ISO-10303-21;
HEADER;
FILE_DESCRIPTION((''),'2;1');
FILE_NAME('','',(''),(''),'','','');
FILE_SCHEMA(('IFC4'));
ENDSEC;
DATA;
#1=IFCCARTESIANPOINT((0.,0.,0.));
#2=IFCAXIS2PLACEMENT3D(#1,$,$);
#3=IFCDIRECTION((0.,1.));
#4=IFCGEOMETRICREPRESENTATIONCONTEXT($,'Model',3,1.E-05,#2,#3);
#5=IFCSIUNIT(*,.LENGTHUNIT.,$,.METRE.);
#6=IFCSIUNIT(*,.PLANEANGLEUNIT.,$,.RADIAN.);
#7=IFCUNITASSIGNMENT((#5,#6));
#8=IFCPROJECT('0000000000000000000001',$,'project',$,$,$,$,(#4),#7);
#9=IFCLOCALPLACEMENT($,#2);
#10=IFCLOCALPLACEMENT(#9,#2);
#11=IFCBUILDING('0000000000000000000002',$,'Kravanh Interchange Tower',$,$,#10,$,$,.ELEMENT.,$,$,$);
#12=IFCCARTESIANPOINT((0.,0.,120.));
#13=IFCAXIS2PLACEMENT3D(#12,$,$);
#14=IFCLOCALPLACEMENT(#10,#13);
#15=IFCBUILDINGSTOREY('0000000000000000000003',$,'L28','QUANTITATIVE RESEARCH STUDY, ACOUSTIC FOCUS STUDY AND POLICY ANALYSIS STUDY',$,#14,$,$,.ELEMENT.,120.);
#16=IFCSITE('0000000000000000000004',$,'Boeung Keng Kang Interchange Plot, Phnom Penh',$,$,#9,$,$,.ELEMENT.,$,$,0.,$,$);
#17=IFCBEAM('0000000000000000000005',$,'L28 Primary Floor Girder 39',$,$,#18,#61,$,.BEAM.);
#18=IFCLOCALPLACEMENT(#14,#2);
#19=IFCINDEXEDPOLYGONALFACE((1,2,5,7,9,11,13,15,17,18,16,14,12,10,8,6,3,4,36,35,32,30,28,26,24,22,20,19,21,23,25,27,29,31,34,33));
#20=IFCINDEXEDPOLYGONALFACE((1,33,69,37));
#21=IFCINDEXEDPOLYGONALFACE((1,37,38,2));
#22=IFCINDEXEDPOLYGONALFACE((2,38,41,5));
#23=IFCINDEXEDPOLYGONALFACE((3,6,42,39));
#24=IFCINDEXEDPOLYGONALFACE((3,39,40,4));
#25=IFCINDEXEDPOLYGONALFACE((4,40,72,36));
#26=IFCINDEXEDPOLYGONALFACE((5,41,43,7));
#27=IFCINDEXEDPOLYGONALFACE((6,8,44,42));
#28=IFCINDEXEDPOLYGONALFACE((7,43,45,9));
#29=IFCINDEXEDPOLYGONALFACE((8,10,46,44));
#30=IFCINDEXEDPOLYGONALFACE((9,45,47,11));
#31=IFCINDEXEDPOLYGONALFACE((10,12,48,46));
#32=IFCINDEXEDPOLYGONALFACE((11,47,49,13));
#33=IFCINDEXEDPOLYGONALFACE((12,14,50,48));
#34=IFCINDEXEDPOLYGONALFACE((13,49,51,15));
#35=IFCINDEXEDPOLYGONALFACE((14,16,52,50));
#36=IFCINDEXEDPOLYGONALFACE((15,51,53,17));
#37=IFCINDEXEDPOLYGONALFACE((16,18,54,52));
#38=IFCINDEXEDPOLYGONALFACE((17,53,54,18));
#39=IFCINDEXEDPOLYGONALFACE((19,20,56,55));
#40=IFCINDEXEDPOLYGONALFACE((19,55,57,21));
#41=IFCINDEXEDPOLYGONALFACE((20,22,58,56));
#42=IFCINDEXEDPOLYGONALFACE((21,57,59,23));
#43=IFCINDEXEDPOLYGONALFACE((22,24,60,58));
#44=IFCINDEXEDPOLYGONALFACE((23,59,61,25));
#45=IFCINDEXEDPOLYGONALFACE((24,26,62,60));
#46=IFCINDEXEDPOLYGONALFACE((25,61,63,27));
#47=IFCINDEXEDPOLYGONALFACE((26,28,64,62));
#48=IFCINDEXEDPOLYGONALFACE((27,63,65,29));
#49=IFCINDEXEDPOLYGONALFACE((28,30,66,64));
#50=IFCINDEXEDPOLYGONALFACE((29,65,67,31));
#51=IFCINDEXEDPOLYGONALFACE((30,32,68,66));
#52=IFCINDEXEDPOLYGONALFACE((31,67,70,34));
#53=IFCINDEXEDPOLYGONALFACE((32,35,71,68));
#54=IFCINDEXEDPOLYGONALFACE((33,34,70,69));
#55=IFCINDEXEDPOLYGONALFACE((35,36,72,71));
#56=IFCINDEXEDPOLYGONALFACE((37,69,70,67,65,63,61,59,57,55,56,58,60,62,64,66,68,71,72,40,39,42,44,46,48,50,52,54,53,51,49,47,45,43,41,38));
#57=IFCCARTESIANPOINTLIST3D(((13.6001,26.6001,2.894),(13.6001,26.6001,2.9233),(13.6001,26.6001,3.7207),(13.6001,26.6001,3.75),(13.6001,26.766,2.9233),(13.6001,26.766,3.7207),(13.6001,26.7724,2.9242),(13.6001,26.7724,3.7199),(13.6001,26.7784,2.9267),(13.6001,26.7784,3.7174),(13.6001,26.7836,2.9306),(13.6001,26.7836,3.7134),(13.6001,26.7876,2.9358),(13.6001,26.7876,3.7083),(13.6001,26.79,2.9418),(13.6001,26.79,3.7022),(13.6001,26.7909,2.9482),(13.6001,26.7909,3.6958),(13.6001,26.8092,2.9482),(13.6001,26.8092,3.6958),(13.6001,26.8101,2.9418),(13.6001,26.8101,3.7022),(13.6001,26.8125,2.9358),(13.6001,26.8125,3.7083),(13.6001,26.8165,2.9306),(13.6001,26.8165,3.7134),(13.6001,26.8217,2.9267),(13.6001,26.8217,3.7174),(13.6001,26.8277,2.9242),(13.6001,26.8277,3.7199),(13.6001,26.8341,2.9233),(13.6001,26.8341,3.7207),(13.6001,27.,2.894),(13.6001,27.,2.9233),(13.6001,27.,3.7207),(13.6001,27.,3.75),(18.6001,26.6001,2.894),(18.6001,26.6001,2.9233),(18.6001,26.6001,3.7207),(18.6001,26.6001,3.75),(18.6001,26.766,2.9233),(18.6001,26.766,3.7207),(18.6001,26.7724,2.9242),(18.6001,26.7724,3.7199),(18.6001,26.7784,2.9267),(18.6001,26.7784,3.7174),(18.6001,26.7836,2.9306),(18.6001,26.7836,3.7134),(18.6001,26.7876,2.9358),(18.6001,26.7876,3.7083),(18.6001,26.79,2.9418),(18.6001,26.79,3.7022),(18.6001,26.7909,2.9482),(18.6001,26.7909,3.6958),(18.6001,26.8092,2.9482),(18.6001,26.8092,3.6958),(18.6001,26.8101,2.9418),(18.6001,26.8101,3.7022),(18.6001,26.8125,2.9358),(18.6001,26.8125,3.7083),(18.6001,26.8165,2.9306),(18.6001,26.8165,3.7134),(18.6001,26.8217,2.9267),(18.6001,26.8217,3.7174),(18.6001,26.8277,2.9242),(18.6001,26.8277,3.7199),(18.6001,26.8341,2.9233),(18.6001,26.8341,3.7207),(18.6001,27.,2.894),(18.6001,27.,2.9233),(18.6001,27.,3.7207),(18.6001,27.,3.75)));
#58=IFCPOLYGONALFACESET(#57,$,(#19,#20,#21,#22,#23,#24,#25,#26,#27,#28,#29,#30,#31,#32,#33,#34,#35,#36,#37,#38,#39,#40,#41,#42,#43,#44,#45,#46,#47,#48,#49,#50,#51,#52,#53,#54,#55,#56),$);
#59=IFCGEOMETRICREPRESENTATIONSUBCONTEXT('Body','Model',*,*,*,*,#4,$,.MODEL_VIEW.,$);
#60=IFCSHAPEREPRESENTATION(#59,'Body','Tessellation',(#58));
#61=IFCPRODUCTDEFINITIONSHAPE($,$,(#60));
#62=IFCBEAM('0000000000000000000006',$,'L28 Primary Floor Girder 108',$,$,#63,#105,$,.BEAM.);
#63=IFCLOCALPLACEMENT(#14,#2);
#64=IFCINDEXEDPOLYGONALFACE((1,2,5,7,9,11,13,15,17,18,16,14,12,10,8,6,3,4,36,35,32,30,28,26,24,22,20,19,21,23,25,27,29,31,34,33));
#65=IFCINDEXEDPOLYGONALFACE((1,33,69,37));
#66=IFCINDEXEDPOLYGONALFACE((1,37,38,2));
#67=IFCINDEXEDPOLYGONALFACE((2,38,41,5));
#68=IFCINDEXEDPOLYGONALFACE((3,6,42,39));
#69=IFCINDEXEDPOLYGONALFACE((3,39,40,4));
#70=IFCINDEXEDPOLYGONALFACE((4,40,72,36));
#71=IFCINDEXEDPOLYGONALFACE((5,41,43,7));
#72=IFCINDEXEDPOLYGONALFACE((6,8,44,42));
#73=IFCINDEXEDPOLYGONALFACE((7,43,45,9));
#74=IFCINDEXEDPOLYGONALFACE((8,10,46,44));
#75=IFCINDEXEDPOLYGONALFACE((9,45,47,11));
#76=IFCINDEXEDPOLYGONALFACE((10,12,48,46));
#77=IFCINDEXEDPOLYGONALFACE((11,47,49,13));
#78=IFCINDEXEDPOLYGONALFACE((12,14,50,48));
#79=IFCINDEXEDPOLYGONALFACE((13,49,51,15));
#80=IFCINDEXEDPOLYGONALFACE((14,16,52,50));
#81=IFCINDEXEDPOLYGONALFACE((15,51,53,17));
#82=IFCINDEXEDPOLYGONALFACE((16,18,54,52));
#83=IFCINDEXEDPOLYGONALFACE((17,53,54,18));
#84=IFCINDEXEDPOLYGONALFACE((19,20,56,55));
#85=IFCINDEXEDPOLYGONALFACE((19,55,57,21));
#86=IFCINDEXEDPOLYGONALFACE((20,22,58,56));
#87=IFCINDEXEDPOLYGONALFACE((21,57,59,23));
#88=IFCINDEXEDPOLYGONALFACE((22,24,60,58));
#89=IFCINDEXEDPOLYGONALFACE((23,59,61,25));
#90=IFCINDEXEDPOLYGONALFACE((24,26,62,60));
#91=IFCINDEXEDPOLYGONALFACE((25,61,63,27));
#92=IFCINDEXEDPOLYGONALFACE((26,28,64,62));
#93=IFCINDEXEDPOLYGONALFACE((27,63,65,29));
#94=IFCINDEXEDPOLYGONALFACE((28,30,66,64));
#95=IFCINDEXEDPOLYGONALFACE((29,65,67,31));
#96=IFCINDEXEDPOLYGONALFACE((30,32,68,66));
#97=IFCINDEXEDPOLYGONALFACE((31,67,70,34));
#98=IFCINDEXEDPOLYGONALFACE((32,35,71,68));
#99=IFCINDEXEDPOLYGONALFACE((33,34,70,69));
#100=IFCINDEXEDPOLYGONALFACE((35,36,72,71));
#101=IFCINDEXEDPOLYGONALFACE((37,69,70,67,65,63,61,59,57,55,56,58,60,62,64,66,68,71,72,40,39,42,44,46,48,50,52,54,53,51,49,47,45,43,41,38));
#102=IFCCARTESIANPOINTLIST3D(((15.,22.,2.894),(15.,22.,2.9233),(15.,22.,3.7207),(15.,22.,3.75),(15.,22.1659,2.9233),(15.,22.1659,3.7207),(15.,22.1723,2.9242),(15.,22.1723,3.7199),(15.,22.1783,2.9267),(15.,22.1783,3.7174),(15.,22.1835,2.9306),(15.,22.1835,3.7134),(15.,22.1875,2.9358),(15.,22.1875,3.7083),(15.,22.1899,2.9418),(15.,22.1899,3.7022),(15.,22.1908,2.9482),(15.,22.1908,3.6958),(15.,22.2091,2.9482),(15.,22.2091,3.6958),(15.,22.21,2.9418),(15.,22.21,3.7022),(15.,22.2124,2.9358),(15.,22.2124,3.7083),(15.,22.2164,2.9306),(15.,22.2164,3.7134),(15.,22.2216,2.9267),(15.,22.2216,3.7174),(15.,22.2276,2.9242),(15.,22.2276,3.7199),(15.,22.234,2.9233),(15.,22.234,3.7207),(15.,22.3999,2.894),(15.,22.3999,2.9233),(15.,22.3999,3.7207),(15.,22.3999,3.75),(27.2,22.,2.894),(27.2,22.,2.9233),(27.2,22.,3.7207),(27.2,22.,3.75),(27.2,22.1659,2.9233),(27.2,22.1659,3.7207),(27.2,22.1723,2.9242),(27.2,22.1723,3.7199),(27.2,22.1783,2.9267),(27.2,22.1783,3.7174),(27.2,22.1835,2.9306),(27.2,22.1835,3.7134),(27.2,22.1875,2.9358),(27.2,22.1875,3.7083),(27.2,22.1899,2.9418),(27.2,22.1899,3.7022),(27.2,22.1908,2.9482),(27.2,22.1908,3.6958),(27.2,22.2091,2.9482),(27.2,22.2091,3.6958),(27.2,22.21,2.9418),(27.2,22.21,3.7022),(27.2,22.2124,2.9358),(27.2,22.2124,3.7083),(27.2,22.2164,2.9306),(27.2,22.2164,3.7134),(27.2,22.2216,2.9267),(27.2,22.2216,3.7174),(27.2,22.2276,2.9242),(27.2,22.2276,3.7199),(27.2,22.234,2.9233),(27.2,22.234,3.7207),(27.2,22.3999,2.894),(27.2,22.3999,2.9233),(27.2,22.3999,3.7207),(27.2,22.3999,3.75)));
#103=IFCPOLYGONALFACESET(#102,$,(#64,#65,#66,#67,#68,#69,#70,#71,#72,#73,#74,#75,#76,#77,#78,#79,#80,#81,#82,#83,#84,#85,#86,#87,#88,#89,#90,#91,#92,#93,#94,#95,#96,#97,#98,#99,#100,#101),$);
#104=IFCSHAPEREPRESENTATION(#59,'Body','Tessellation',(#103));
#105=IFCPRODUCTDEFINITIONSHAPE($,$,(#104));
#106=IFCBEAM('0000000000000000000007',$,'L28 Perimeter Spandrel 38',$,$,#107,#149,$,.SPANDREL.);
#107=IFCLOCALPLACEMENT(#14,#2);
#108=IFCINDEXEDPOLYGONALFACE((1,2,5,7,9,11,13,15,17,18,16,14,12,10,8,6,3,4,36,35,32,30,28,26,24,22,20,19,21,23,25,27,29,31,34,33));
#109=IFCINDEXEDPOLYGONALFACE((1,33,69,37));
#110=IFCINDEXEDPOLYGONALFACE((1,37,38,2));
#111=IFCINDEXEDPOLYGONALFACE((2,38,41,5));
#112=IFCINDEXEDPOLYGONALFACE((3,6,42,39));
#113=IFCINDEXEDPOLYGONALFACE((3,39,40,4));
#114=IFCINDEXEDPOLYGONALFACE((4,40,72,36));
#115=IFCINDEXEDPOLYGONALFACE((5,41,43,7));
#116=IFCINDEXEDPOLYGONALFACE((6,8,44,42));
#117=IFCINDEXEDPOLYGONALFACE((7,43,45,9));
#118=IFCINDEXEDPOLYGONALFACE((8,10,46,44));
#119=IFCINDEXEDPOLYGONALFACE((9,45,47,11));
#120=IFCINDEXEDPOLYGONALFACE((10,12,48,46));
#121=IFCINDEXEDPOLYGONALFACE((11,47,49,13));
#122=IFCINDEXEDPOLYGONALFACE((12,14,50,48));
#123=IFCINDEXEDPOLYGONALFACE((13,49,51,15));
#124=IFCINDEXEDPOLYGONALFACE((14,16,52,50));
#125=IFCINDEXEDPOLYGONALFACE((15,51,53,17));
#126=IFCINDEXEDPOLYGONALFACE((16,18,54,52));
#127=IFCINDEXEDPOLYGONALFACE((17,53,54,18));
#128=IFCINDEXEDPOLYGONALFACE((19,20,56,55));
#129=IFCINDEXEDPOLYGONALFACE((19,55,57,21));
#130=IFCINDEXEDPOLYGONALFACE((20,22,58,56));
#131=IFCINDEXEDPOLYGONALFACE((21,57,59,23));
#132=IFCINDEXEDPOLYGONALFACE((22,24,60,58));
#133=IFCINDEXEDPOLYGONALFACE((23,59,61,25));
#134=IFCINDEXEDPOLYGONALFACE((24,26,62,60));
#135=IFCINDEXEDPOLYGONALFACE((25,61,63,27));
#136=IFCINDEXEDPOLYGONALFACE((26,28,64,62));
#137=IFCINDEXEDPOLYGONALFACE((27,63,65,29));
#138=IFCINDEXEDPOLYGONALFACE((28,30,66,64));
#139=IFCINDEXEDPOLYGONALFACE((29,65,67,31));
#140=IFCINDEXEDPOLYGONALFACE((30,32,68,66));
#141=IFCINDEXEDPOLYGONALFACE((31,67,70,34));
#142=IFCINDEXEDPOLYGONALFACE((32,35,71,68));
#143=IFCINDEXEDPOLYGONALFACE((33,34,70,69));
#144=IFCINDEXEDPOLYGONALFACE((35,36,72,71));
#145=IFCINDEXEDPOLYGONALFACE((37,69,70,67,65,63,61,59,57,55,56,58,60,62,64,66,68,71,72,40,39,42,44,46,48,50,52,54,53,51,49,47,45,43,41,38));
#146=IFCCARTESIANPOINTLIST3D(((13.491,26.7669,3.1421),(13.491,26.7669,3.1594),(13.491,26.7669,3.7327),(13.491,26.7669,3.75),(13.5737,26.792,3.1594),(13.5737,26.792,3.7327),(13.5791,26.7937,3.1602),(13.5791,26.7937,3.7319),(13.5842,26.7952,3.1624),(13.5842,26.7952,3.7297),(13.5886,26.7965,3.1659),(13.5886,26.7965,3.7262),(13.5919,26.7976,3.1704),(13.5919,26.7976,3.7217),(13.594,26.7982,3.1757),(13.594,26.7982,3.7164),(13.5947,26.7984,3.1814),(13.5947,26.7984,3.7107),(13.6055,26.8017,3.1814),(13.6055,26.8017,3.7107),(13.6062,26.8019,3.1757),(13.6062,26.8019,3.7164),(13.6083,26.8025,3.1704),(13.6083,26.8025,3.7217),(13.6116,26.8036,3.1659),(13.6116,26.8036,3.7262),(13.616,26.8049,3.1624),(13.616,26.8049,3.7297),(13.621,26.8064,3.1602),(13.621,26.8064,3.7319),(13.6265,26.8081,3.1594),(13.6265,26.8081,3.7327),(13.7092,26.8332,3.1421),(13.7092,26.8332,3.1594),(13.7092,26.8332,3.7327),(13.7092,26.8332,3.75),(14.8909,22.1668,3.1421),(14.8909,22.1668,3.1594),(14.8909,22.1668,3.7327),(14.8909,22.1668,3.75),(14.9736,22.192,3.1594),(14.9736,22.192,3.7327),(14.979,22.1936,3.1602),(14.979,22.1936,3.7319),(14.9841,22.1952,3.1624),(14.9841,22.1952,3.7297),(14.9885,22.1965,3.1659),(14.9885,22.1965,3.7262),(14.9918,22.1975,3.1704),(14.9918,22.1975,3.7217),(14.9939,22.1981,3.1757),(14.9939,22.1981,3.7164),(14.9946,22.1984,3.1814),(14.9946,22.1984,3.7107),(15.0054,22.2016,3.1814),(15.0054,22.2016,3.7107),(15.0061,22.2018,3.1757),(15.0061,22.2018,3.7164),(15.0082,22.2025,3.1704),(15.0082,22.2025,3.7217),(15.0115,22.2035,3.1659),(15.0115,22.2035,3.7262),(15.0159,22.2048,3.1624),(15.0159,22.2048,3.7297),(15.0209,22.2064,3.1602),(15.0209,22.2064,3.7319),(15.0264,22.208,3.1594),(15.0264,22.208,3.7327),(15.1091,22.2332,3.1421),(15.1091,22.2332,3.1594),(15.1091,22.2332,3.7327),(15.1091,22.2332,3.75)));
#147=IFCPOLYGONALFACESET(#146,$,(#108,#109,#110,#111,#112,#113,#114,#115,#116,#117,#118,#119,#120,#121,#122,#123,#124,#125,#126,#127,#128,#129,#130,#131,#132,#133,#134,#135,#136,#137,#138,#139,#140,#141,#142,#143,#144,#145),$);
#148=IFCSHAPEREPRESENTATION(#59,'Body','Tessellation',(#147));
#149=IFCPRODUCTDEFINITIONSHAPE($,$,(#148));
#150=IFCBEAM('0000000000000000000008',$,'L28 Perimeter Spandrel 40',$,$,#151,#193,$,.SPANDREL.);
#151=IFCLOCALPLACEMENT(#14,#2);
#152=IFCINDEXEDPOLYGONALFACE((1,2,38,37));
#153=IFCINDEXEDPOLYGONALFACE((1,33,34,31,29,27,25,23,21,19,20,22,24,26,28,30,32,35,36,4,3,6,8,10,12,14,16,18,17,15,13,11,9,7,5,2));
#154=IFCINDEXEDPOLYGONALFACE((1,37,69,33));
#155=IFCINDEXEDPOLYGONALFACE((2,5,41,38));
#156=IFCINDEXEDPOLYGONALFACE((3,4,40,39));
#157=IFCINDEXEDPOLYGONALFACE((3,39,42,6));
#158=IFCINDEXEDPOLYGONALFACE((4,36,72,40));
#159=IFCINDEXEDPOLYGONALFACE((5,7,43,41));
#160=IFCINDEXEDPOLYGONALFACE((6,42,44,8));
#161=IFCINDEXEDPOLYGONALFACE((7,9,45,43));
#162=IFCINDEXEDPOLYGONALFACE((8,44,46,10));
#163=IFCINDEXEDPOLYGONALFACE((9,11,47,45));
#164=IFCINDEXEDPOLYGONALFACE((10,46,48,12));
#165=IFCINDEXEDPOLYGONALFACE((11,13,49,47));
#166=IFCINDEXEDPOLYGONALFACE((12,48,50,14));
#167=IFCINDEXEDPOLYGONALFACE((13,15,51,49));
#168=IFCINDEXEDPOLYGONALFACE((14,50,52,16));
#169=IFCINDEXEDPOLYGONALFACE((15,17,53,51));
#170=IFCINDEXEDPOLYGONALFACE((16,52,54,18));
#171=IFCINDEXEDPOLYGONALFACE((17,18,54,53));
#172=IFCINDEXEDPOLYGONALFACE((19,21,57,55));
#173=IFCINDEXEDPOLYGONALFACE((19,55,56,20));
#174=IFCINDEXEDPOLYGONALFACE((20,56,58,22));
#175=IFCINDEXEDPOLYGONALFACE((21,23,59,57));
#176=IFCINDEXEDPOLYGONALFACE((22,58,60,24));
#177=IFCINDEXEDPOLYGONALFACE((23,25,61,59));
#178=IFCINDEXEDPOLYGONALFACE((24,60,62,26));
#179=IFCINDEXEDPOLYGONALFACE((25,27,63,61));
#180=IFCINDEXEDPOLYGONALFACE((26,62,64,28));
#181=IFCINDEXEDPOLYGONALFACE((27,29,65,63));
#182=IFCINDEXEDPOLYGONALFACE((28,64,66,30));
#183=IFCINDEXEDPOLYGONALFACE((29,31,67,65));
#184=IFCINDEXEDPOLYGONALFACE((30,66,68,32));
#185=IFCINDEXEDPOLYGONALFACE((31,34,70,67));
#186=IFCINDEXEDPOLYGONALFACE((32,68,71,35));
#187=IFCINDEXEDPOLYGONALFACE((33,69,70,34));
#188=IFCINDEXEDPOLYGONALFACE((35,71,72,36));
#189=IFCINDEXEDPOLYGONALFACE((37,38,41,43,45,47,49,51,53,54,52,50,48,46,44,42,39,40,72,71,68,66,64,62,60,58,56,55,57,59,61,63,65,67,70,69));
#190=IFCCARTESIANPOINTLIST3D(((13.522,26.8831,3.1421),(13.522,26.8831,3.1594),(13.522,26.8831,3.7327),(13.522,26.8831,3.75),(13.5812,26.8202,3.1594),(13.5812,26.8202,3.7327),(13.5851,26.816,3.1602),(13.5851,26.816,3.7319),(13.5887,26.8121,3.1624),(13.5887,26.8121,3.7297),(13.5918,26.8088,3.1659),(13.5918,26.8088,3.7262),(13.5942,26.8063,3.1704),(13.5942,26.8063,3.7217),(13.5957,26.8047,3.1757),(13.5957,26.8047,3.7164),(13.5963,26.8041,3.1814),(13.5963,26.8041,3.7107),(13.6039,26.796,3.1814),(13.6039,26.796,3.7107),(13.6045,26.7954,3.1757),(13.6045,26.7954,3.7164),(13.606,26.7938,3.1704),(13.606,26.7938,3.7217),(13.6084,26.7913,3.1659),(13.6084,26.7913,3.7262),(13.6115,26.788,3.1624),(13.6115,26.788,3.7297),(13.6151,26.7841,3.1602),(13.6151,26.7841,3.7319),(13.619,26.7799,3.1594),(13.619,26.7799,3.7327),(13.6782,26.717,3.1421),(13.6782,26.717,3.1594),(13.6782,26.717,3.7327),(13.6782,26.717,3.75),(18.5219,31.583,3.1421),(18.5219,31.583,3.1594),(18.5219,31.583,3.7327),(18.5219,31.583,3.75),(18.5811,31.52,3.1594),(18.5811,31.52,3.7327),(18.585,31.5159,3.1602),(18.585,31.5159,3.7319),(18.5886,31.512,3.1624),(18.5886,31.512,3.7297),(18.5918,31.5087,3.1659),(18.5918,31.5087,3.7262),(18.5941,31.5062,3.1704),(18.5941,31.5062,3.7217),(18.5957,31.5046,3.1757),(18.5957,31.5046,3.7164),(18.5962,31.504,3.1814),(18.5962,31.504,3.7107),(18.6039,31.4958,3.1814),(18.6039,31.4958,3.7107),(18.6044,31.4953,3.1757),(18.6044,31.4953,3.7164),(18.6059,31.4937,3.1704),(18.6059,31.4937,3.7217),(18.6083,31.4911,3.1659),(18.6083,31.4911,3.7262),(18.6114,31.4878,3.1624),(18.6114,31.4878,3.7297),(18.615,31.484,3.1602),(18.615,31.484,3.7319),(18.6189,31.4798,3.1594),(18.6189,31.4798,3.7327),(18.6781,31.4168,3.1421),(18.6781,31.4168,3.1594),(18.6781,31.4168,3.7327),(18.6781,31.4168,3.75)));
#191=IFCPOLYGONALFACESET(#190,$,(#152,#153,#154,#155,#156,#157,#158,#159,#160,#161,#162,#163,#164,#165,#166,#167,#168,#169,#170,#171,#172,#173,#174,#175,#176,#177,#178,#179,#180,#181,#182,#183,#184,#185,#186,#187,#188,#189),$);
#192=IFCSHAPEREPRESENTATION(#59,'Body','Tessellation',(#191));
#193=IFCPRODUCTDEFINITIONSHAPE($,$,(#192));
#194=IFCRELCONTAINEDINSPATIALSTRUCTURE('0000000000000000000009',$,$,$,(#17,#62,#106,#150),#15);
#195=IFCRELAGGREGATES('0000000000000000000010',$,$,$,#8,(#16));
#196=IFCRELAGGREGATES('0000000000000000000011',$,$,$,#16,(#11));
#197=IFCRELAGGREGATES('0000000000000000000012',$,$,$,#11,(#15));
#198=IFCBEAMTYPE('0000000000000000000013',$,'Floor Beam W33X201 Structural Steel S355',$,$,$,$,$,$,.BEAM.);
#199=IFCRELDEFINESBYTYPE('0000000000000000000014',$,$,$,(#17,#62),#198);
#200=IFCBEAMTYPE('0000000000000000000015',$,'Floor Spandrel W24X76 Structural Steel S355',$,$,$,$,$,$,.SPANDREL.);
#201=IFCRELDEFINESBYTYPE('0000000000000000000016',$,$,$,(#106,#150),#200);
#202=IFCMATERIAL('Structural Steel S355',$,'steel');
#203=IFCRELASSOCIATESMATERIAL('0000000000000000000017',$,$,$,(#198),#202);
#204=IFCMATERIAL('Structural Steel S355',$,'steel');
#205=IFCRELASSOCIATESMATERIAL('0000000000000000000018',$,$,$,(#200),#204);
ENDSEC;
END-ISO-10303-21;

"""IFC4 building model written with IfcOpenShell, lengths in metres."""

from ifc_helpers import new_model, si_unit, direction, frame, origin, origin_2d, place, context, subcontext, project, spatial, i_section, extrude, material, material_profile, profile_set, type_object, element, save


model = new_model("IFC4")

# Units and contexts
model_context = context("Model", 3, precision=1e-05, world=origin(), true_north=direction((0.0, 1.0)))
body_context = subcontext(model_context, "Body", "Model", "MODEL_VIEW")
ifc_project = project(units=[si_unit("LENGTHUNIT", "METRE"), si_unit("PLANEANGLEUNIT", "RADIAN")], contexts=[model_context])

# Site, building, storey
site_placement = place(None, origin())
site = spatial("IfcSite", under=ifc_project, at=site_placement, Name="Boeung Keng Kang Interchange Plot, Phnom Penh", CompositionType="ELEMENT", RefElevation=0.0)
building_placement = place(site_placement, origin())
building = spatial("IfcBuilding", under=site, at=building_placement, Name="Kravanh Interchange Tower", CompositionType="ELEMENT")
storey_placement = place(building_placement, frame((0.0, 0.0, 120.0)))
storey = spatial("IfcBuildingStorey", under=building, at=storey_placement, Name="L28", Description="QUANTITATIVE RESEARCH STUDY, ACOUSTIC FOCUS STUDY AND POLICY ANALYSIS STUDY", CompositionType="ELEMENT", Elevation=120.0)

# Beams
ifc_material_1 = material(Name="Structural Steel S355", Category="steel")
ifc_material_profile_1 = material_profile(ifc_material_1, i_section(OverallWidth=0.3999, OverallDepth=0.856, WebThickness=0.0183, FlangeThickness=0.0293, FilletRadius=0.0249, at=origin_2d()), Name="W33X201")
ifc_profile_set_1 = profile_set([ifc_material_profile_1], Name="Structural Steel S355")
beam_type_1 = type_object("IfcBeamType", Name="Floor Beam W33X201 Structural Steel S355", PredefinedType="BEAM", material=ifc_profile_set_1)
beam_1_placement = place(storey_placement, frame((13.6001, 26.8, 3.322), z_axis=(1.0, 0.0, 0.0), x_axis=(0.0, 1.0, 0.0)))
element("IfcBeam", 1, at=beam_1_placement, inside=storey, type_object=beam_type_1, Name="L28 Primary Floor Girder 39", PredefinedType="BEAM", context=body_context, shape_type="SweptSolid", body=[
    extrude(i_section(OverallWidth=0.3999, OverallDepth=0.856, WebThickness=0.0183, FlangeThickness=0.0293, FilletRadius=0.0249, at=origin_2d()), origin(), (0.0, 0.0, 1.0), 5.0),
])
beam_2_placement = place(storey_placement, frame((15.0, 22.2, 3.322), z_axis=(1.0, 0.0, 0.0), x_axis=(0.0, 1.0, 0.0)))
element("IfcBeam", 2, at=beam_2_placement, inside=storey, type_object=beam_type_1, Name="L28 Primary Floor Girder 108", PredefinedType="BEAM", context=body_context, shape_type="SweptSolid", body=[
    extrude(i_section(OverallWidth=0.3999, OverallDepth=0.856, WebThickness=0.0183, FlangeThickness=0.0293, FilletRadius=0.0249, at=origin_2d()), origin(), (0.0, 0.0, 1.0), 12.2),
])
ifc_material_2 = material(Name="Structural Steel S355", Category="steel")
ifc_material_profile_2 = material_profile(ifc_material_2, i_section(OverallWidth=0.228, OverallDepth=0.6079, WebThickness=0.0112, FlangeThickness=0.0173, FilletRadius=0.022, at=origin_2d()), Name="W24X76")
ifc_profile_set_2 = profile_set([ifc_material_profile_2], Name="Structural Steel S355")
beam_type_2 = type_object("IfcBeamType", Name="Floor Spandrel W24X76 Structural Steel S355", PredefinedType="SPANDREL", material=ifc_profile_set_2)
beam_3_placement = place(storey_placement, frame((13.6001, 26.8, 3.446), z_axis=(0.291137, -0.956681, 0.0), x_axis=(0.956681, 0.291137, 0.0)))
element("IfcBeam", 3, at=beam_3_placement, inside=storey, type_object=beam_type_2, Name="L28 Perimeter Spandrel 38", PredefinedType="SPANDREL", context=body_context, shape_type="SweptSolid", body=[
    extrude(i_section(OverallWidth=0.228, OverallDepth=0.6079, WebThickness=0.0112, FlangeThickness=0.0173, FilletRadius=0.022, at=origin_2d()), origin(), (0.0, 0.0, 1.0), 4.8083),
])
beam_4_placement = place(storey_placement, frame((13.6001, 26.8, 3.446), z_axis=(0.728631, 0.684906, 0.0), x_axis=(-0.684906, 0.728631, 0.0)))
element("IfcBeam", 4, at=beam_4_placement, inside=storey, type_object=beam_type_2, Name="L28 Perimeter Spandrel 40", PredefinedType="SPANDREL", context=body_context, shape_type="SweptSolid", body=[
    extrude(i_section(OverallWidth=0.228, OverallDepth=0.6079, WebThickness=0.0112, FlangeThickness=0.0173, FilletRadius=0.022, at=origin_2d()), origin(), (0.0, 0.0, 1.0), 6.8621),
])

save(model, "model.ifc")
